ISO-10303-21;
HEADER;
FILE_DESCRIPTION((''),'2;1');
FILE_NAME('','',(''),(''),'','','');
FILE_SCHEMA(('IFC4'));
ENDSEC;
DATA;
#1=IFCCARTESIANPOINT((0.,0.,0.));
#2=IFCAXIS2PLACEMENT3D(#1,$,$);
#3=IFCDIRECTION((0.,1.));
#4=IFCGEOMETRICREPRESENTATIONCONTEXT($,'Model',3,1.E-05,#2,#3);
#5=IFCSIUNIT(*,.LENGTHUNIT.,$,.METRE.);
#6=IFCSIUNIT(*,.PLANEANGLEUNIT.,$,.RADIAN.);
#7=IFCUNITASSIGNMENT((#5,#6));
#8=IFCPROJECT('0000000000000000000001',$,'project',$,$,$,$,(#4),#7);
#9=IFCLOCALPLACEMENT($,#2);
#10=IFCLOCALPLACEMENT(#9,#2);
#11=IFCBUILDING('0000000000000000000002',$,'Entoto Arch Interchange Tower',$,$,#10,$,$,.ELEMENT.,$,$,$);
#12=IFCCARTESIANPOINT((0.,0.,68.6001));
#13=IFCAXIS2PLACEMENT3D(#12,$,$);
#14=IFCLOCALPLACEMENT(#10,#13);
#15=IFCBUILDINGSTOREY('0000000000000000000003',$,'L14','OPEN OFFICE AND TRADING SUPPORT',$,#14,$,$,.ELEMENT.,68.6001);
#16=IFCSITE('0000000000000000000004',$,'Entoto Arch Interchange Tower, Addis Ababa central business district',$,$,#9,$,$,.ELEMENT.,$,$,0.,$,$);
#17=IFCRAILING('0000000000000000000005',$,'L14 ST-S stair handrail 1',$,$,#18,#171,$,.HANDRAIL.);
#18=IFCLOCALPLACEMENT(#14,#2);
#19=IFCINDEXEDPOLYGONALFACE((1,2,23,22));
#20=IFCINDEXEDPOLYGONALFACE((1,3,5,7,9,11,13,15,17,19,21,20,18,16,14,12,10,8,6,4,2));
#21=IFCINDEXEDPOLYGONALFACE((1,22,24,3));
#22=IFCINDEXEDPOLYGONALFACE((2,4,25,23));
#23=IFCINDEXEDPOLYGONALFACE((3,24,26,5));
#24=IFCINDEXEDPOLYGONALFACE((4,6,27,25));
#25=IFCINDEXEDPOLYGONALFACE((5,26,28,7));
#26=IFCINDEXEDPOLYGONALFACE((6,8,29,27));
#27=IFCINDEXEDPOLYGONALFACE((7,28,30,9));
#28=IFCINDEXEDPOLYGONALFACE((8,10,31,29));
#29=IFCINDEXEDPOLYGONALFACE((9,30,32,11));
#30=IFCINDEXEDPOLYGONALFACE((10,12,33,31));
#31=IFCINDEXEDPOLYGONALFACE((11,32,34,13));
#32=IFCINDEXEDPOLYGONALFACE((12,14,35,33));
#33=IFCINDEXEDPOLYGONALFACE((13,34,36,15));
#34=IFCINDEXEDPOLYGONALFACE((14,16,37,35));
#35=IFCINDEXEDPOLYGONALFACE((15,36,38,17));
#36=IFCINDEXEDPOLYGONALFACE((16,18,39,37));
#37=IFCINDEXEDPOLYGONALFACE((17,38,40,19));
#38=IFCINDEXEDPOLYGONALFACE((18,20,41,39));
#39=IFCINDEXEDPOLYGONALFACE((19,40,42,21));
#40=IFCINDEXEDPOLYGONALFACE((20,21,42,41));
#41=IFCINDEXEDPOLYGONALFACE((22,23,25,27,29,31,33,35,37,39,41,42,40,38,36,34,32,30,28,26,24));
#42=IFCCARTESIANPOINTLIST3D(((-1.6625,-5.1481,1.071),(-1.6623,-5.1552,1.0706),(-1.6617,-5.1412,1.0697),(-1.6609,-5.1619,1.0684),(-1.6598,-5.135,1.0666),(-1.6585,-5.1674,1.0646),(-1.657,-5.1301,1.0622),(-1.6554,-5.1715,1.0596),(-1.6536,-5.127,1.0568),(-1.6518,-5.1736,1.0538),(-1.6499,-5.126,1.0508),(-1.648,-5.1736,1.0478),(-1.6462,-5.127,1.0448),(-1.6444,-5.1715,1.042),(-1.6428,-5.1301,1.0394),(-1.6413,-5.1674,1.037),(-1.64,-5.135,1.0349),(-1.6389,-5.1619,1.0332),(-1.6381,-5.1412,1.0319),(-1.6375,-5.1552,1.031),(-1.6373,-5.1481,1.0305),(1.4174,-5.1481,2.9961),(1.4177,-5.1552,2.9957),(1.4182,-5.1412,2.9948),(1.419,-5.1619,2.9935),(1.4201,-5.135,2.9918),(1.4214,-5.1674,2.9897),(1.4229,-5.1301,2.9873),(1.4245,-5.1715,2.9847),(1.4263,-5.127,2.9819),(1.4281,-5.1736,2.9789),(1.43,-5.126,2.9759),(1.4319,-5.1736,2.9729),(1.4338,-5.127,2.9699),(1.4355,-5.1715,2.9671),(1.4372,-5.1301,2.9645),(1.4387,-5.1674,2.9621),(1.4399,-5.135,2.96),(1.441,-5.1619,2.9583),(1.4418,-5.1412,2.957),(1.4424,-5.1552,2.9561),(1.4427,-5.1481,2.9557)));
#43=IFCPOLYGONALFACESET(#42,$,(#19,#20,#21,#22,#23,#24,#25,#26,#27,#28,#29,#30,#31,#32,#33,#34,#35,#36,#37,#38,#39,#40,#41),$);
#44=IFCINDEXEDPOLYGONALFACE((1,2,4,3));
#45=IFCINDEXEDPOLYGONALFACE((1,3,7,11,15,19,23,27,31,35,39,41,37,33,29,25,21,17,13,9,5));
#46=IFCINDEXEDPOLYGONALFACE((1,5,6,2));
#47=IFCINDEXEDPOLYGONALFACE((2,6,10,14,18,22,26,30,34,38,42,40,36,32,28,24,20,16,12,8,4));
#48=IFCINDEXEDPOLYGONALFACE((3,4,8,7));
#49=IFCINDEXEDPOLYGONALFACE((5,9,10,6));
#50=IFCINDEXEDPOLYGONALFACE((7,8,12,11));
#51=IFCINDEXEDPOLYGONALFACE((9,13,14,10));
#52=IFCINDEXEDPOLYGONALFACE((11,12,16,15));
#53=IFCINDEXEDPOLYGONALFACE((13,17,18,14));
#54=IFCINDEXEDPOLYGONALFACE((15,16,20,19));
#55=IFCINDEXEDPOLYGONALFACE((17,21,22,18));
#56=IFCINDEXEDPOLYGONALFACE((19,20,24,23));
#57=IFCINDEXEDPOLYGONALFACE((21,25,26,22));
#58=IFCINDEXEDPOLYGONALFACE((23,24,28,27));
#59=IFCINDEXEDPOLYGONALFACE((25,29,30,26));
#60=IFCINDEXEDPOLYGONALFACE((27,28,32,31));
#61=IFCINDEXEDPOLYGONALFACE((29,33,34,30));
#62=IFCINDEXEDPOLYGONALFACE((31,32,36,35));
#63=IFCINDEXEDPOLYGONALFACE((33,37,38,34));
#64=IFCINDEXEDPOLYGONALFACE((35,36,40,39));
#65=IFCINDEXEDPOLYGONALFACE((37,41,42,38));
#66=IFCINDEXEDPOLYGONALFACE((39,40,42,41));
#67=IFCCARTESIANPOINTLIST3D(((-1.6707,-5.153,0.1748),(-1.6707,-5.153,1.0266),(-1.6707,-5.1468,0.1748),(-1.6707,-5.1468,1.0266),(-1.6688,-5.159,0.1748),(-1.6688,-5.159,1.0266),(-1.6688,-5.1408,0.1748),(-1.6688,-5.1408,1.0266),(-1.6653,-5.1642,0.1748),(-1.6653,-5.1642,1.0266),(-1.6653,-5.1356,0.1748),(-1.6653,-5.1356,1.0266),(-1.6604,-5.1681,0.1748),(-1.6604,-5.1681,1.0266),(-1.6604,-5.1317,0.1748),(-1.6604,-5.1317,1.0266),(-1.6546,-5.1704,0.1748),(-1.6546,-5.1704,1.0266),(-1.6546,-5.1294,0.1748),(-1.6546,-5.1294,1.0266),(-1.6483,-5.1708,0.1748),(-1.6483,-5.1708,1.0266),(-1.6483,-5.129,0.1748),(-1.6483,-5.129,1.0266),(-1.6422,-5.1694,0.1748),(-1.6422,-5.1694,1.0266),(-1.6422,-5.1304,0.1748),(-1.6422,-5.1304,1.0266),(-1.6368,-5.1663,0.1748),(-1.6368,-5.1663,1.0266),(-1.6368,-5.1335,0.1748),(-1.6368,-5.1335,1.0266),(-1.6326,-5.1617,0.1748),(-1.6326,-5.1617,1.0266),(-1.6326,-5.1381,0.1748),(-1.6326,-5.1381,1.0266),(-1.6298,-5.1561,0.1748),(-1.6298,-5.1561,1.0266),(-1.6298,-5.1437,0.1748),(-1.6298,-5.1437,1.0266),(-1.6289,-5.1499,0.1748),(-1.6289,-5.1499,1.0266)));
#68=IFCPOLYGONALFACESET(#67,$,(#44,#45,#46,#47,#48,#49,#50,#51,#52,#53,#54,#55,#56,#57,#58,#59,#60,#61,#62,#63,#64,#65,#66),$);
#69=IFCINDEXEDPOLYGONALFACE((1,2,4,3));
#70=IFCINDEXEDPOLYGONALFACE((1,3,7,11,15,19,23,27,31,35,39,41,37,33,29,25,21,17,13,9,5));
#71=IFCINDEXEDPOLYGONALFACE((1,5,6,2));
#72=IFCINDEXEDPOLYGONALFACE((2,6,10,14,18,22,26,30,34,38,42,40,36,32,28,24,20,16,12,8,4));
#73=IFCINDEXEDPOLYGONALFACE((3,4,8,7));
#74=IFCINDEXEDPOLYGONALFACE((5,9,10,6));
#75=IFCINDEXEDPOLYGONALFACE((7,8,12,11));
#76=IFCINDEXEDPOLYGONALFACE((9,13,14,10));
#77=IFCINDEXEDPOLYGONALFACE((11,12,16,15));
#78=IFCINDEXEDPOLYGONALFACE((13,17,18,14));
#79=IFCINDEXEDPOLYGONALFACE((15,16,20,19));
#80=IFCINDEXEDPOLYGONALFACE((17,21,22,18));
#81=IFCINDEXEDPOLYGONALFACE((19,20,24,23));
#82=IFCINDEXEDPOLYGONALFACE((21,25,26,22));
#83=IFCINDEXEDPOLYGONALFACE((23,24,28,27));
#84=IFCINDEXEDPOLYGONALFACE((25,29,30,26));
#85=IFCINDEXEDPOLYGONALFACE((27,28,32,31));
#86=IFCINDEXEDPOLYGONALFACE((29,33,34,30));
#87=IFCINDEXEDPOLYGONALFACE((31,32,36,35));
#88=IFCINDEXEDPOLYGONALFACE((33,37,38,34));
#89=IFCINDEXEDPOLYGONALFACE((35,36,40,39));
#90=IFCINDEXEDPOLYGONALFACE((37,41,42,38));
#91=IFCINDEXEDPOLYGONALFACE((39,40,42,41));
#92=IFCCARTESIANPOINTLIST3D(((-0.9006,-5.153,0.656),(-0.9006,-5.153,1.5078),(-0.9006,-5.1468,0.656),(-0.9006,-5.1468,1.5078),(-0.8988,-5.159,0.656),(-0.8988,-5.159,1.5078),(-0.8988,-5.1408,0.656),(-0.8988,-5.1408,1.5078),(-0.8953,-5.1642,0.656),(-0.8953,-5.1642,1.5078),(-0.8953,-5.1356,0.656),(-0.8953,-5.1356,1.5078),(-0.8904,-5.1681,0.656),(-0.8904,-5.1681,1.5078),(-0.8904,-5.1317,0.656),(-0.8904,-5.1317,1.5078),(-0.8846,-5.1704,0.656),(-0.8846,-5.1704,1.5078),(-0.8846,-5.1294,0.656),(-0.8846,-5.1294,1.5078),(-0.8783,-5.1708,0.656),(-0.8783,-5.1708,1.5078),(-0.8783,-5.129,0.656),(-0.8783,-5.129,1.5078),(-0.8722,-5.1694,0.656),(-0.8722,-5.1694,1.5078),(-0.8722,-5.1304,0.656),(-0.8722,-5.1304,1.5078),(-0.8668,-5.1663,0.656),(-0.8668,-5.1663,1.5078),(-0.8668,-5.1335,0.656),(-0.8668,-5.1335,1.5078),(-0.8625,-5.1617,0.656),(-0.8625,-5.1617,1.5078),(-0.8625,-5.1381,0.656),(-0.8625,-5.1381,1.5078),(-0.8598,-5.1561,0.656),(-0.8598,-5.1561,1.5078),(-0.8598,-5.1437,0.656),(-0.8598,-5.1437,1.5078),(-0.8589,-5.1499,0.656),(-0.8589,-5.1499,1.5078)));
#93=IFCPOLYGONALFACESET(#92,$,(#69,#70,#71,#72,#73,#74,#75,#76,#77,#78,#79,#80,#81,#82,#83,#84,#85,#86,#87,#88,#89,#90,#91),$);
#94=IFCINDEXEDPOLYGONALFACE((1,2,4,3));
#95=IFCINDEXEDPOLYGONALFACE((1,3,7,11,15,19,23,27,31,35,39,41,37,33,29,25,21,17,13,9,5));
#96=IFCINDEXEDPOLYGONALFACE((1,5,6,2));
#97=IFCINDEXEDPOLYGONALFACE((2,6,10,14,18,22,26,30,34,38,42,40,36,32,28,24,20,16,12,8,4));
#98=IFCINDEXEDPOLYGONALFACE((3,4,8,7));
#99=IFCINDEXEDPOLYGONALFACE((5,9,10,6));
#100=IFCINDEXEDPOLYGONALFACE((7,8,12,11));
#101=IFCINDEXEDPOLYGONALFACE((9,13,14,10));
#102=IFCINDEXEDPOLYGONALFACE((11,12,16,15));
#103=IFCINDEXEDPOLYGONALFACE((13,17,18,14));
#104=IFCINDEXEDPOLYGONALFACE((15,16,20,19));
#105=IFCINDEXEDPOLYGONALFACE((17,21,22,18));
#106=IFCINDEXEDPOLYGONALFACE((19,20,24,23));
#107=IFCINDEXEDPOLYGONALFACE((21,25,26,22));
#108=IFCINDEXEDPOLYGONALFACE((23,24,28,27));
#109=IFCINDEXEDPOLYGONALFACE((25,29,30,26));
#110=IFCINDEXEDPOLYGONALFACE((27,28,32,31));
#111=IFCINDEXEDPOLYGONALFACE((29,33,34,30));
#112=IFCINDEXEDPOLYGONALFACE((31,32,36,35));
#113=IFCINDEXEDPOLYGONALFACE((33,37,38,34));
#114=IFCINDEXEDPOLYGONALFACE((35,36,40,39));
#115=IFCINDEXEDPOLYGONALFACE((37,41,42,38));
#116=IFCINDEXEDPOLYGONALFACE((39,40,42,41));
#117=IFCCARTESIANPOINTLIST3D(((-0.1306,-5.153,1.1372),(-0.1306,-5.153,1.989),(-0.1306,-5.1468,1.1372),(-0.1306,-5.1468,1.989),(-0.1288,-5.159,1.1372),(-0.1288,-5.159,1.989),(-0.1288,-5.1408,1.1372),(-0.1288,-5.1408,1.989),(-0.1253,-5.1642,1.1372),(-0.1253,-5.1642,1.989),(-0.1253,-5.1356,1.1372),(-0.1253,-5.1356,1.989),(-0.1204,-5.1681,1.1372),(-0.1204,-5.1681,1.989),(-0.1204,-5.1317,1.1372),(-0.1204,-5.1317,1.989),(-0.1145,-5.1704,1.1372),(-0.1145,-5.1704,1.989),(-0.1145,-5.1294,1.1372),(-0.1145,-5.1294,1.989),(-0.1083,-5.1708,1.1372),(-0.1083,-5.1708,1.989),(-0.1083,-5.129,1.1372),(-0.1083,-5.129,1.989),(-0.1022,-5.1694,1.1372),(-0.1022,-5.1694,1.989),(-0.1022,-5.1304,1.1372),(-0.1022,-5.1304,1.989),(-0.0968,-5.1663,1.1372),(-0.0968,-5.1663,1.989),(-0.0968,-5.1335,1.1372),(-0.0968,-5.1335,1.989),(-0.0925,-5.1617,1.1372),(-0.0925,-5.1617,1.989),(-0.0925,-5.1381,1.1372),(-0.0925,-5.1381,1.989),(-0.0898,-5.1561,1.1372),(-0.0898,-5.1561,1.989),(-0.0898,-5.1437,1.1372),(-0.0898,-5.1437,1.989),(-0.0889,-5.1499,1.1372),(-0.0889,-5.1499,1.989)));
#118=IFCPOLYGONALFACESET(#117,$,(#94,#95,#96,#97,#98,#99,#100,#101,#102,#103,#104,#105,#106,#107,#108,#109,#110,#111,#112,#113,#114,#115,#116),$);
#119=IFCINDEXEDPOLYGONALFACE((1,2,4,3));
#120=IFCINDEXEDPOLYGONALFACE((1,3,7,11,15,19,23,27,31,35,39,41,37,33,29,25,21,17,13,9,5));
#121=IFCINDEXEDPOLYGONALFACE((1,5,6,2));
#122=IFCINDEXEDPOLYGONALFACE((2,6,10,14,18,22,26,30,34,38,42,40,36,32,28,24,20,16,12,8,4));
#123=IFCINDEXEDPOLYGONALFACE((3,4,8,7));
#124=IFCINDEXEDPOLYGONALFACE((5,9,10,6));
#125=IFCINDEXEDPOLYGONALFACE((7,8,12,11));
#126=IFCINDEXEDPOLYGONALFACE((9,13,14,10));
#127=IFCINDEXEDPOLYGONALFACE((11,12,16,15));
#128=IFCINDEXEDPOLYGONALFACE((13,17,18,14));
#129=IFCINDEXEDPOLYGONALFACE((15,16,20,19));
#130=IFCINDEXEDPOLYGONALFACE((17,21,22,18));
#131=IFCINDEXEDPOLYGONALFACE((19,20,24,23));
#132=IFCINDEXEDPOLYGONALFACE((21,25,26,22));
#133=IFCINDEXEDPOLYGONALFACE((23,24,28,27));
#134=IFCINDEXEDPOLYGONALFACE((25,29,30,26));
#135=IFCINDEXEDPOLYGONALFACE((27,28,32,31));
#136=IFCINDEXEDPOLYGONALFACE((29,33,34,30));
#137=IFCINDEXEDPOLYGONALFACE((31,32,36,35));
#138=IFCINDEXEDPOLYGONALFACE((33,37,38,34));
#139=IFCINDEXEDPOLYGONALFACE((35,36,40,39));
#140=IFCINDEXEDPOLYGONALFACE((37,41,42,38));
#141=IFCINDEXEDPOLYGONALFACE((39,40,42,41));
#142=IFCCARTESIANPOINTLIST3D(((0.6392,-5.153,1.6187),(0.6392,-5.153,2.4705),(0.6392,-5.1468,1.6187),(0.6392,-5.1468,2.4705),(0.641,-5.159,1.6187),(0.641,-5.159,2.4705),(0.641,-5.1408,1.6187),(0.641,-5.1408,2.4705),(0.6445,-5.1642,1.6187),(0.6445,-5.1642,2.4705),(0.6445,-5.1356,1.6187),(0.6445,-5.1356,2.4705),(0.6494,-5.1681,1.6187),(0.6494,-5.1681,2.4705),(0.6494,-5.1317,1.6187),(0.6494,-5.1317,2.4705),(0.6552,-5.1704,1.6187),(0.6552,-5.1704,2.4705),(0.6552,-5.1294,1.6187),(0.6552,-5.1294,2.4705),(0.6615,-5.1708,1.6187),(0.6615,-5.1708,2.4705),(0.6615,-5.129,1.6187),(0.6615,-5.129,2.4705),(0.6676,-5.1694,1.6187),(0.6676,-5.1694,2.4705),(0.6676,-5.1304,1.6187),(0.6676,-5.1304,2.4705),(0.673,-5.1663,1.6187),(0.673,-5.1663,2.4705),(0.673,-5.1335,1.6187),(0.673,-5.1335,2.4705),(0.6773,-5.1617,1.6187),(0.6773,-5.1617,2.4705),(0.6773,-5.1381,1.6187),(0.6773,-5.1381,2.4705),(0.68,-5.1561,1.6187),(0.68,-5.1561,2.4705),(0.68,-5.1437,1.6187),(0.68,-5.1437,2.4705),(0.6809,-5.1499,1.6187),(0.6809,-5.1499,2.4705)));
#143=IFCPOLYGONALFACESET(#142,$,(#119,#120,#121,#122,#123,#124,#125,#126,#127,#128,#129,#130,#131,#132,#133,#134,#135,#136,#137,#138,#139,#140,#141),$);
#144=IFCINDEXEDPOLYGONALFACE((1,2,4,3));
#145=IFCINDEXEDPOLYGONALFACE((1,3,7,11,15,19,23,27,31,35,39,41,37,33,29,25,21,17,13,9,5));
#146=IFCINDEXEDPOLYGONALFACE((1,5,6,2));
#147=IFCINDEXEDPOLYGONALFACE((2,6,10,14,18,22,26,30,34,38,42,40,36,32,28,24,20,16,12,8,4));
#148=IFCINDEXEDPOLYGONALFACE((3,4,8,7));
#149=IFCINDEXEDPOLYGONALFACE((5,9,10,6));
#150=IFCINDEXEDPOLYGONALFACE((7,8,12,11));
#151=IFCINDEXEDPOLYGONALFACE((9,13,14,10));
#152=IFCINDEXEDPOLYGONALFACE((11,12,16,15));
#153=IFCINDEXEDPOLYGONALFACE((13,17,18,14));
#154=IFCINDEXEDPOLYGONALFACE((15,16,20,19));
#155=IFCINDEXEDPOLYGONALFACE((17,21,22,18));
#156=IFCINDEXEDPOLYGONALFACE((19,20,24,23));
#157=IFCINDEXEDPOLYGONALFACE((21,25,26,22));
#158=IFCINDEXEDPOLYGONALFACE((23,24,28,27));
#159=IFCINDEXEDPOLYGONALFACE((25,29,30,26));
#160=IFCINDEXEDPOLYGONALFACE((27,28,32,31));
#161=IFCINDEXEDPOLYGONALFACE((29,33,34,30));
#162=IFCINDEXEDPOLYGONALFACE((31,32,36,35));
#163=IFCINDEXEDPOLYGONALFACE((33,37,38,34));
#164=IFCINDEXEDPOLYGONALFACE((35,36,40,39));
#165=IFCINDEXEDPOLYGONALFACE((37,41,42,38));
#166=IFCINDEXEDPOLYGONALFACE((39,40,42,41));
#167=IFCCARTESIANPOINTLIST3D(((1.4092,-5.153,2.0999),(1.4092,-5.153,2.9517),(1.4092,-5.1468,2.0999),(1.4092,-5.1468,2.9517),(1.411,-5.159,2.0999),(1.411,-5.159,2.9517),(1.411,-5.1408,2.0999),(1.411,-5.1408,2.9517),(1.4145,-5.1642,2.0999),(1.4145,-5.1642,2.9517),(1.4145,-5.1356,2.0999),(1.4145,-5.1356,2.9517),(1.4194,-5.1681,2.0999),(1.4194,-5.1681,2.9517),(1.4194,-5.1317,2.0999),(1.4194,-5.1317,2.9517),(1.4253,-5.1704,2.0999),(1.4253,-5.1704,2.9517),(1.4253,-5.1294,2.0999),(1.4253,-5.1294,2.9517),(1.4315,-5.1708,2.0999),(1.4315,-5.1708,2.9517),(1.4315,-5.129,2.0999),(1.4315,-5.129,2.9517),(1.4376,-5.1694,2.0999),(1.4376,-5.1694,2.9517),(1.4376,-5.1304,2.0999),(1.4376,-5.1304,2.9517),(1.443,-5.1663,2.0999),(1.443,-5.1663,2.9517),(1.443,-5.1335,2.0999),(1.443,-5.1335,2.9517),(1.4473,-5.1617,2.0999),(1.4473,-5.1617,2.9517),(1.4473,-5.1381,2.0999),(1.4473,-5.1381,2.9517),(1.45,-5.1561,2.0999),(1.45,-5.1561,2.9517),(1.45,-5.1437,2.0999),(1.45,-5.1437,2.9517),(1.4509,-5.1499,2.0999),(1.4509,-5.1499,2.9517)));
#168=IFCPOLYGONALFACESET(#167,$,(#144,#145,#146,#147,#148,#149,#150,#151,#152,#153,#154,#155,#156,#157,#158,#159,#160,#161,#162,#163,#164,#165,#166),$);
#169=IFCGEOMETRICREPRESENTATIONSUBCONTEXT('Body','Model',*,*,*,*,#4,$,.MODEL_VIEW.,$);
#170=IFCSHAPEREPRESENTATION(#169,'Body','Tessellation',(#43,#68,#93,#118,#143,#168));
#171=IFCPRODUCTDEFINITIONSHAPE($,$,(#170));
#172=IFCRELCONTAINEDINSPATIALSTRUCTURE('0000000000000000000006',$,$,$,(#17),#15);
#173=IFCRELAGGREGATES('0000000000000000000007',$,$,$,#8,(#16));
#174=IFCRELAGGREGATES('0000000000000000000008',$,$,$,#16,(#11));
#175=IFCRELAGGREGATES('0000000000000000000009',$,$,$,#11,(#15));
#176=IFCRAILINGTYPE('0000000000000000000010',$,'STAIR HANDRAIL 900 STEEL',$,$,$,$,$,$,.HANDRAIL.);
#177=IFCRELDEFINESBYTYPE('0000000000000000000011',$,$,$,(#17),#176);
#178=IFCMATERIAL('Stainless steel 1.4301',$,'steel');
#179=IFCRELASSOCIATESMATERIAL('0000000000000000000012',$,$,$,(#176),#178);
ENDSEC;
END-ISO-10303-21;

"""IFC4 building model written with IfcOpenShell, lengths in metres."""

from ifc_helpers import new_model, si_unit, direction, frame, origin, origin_2d, place, context, subcontext, project, spatial, circle, extrude, material, type_object, element, save


model = new_model("IFC4")

# Units and contexts
model_context = context("Model", 3, precision=1e-05, world=origin(), true_north=direction((0.0, 1.0)))
body_context = subcontext(model_context, "Body", "Model", "MODEL_VIEW")
ifc_project = project(units=[si_unit("LENGTHUNIT", "METRE"), si_unit("PLANEANGLEUNIT", "RADIAN")], contexts=[model_context])

# Site, building, storey
site_placement = place(None, origin())
site = spatial("IfcSite", under=ifc_project, at=site_placement, Name="Entoto Arch Interchange Tower, Addis Ababa central business district", CompositionType="ELEMENT", RefElevation=0.0)
building_placement = place(site_placement, origin())
building = spatial("IfcBuilding", under=site, at=building_placement, Name="Entoto Arch Interchange Tower", CompositionType="ELEMENT")
storey_placement = place(building_placement, frame((0.0, 0.0, 68.6001)))
storey = spatial("IfcBuildingStorey", under=building, at=storey_placement, Name="L14", Description="OPEN OFFICE AND TRADING SUPPORT", CompositionType="ELEMENT", Elevation=68.6001)

# Railing
ifc_material_1 = material(Name="Stainless steel 1.4301", Category="steel")
railing_type_1 = type_object("IfcRailingType", Name="STAIR HANDRAIL 900 STEEL", PredefinedType="HANDRAIL", material=ifc_material_1)
railing_1_placement = place(storey_placement, frame((-1.6499, -5.1499, 0.1748)))
element("IfcRailing", 1, at=railing_1_placement, inside=storey, type_object=railing_type_1, Name="L14 ST-S stair handrail 1", PredefinedType="HANDRAIL", context=body_context, shape_type="SweptSolid", body=[
    extrude(circle(Radius=0.0239, at=origin_2d()), frame((0.0, 0.0, 0.876), z_axis=(0.847979, 0.0, 0.530029), x_axis=(0.0, 1.0, 0.0)), (0.0, 0.0, 1.0), 3.6321),
    extrude(circle(Radius=0.021, at=origin_2d()), origin(), (0.0, 0.0, 1.0), 0.8518),
    extrude(circle(Radius=0.021, at=origin_2d()), frame((0.77, 0.0, 0.4812)), (0.0, 0.0, 1.0), 0.8518),
    extrude(circle(Radius=0.021, at=origin_2d()), frame((1.54, 0.0, 0.9624)), (0.0, 0.0, 1.0), 0.8518),
    extrude(circle(Radius=0.021, at=origin_2d()), frame((2.3098, 0.0, 1.4438)), (0.0, 0.0, 1.0), 0.8518),
    extrude(circle(Radius=0.021, at=origin_2d()), frame((3.0798, 0.0, 1.925)), (0.0, 0.0, 1.0), 0.8518),
])

save(model, "model.ifc")
